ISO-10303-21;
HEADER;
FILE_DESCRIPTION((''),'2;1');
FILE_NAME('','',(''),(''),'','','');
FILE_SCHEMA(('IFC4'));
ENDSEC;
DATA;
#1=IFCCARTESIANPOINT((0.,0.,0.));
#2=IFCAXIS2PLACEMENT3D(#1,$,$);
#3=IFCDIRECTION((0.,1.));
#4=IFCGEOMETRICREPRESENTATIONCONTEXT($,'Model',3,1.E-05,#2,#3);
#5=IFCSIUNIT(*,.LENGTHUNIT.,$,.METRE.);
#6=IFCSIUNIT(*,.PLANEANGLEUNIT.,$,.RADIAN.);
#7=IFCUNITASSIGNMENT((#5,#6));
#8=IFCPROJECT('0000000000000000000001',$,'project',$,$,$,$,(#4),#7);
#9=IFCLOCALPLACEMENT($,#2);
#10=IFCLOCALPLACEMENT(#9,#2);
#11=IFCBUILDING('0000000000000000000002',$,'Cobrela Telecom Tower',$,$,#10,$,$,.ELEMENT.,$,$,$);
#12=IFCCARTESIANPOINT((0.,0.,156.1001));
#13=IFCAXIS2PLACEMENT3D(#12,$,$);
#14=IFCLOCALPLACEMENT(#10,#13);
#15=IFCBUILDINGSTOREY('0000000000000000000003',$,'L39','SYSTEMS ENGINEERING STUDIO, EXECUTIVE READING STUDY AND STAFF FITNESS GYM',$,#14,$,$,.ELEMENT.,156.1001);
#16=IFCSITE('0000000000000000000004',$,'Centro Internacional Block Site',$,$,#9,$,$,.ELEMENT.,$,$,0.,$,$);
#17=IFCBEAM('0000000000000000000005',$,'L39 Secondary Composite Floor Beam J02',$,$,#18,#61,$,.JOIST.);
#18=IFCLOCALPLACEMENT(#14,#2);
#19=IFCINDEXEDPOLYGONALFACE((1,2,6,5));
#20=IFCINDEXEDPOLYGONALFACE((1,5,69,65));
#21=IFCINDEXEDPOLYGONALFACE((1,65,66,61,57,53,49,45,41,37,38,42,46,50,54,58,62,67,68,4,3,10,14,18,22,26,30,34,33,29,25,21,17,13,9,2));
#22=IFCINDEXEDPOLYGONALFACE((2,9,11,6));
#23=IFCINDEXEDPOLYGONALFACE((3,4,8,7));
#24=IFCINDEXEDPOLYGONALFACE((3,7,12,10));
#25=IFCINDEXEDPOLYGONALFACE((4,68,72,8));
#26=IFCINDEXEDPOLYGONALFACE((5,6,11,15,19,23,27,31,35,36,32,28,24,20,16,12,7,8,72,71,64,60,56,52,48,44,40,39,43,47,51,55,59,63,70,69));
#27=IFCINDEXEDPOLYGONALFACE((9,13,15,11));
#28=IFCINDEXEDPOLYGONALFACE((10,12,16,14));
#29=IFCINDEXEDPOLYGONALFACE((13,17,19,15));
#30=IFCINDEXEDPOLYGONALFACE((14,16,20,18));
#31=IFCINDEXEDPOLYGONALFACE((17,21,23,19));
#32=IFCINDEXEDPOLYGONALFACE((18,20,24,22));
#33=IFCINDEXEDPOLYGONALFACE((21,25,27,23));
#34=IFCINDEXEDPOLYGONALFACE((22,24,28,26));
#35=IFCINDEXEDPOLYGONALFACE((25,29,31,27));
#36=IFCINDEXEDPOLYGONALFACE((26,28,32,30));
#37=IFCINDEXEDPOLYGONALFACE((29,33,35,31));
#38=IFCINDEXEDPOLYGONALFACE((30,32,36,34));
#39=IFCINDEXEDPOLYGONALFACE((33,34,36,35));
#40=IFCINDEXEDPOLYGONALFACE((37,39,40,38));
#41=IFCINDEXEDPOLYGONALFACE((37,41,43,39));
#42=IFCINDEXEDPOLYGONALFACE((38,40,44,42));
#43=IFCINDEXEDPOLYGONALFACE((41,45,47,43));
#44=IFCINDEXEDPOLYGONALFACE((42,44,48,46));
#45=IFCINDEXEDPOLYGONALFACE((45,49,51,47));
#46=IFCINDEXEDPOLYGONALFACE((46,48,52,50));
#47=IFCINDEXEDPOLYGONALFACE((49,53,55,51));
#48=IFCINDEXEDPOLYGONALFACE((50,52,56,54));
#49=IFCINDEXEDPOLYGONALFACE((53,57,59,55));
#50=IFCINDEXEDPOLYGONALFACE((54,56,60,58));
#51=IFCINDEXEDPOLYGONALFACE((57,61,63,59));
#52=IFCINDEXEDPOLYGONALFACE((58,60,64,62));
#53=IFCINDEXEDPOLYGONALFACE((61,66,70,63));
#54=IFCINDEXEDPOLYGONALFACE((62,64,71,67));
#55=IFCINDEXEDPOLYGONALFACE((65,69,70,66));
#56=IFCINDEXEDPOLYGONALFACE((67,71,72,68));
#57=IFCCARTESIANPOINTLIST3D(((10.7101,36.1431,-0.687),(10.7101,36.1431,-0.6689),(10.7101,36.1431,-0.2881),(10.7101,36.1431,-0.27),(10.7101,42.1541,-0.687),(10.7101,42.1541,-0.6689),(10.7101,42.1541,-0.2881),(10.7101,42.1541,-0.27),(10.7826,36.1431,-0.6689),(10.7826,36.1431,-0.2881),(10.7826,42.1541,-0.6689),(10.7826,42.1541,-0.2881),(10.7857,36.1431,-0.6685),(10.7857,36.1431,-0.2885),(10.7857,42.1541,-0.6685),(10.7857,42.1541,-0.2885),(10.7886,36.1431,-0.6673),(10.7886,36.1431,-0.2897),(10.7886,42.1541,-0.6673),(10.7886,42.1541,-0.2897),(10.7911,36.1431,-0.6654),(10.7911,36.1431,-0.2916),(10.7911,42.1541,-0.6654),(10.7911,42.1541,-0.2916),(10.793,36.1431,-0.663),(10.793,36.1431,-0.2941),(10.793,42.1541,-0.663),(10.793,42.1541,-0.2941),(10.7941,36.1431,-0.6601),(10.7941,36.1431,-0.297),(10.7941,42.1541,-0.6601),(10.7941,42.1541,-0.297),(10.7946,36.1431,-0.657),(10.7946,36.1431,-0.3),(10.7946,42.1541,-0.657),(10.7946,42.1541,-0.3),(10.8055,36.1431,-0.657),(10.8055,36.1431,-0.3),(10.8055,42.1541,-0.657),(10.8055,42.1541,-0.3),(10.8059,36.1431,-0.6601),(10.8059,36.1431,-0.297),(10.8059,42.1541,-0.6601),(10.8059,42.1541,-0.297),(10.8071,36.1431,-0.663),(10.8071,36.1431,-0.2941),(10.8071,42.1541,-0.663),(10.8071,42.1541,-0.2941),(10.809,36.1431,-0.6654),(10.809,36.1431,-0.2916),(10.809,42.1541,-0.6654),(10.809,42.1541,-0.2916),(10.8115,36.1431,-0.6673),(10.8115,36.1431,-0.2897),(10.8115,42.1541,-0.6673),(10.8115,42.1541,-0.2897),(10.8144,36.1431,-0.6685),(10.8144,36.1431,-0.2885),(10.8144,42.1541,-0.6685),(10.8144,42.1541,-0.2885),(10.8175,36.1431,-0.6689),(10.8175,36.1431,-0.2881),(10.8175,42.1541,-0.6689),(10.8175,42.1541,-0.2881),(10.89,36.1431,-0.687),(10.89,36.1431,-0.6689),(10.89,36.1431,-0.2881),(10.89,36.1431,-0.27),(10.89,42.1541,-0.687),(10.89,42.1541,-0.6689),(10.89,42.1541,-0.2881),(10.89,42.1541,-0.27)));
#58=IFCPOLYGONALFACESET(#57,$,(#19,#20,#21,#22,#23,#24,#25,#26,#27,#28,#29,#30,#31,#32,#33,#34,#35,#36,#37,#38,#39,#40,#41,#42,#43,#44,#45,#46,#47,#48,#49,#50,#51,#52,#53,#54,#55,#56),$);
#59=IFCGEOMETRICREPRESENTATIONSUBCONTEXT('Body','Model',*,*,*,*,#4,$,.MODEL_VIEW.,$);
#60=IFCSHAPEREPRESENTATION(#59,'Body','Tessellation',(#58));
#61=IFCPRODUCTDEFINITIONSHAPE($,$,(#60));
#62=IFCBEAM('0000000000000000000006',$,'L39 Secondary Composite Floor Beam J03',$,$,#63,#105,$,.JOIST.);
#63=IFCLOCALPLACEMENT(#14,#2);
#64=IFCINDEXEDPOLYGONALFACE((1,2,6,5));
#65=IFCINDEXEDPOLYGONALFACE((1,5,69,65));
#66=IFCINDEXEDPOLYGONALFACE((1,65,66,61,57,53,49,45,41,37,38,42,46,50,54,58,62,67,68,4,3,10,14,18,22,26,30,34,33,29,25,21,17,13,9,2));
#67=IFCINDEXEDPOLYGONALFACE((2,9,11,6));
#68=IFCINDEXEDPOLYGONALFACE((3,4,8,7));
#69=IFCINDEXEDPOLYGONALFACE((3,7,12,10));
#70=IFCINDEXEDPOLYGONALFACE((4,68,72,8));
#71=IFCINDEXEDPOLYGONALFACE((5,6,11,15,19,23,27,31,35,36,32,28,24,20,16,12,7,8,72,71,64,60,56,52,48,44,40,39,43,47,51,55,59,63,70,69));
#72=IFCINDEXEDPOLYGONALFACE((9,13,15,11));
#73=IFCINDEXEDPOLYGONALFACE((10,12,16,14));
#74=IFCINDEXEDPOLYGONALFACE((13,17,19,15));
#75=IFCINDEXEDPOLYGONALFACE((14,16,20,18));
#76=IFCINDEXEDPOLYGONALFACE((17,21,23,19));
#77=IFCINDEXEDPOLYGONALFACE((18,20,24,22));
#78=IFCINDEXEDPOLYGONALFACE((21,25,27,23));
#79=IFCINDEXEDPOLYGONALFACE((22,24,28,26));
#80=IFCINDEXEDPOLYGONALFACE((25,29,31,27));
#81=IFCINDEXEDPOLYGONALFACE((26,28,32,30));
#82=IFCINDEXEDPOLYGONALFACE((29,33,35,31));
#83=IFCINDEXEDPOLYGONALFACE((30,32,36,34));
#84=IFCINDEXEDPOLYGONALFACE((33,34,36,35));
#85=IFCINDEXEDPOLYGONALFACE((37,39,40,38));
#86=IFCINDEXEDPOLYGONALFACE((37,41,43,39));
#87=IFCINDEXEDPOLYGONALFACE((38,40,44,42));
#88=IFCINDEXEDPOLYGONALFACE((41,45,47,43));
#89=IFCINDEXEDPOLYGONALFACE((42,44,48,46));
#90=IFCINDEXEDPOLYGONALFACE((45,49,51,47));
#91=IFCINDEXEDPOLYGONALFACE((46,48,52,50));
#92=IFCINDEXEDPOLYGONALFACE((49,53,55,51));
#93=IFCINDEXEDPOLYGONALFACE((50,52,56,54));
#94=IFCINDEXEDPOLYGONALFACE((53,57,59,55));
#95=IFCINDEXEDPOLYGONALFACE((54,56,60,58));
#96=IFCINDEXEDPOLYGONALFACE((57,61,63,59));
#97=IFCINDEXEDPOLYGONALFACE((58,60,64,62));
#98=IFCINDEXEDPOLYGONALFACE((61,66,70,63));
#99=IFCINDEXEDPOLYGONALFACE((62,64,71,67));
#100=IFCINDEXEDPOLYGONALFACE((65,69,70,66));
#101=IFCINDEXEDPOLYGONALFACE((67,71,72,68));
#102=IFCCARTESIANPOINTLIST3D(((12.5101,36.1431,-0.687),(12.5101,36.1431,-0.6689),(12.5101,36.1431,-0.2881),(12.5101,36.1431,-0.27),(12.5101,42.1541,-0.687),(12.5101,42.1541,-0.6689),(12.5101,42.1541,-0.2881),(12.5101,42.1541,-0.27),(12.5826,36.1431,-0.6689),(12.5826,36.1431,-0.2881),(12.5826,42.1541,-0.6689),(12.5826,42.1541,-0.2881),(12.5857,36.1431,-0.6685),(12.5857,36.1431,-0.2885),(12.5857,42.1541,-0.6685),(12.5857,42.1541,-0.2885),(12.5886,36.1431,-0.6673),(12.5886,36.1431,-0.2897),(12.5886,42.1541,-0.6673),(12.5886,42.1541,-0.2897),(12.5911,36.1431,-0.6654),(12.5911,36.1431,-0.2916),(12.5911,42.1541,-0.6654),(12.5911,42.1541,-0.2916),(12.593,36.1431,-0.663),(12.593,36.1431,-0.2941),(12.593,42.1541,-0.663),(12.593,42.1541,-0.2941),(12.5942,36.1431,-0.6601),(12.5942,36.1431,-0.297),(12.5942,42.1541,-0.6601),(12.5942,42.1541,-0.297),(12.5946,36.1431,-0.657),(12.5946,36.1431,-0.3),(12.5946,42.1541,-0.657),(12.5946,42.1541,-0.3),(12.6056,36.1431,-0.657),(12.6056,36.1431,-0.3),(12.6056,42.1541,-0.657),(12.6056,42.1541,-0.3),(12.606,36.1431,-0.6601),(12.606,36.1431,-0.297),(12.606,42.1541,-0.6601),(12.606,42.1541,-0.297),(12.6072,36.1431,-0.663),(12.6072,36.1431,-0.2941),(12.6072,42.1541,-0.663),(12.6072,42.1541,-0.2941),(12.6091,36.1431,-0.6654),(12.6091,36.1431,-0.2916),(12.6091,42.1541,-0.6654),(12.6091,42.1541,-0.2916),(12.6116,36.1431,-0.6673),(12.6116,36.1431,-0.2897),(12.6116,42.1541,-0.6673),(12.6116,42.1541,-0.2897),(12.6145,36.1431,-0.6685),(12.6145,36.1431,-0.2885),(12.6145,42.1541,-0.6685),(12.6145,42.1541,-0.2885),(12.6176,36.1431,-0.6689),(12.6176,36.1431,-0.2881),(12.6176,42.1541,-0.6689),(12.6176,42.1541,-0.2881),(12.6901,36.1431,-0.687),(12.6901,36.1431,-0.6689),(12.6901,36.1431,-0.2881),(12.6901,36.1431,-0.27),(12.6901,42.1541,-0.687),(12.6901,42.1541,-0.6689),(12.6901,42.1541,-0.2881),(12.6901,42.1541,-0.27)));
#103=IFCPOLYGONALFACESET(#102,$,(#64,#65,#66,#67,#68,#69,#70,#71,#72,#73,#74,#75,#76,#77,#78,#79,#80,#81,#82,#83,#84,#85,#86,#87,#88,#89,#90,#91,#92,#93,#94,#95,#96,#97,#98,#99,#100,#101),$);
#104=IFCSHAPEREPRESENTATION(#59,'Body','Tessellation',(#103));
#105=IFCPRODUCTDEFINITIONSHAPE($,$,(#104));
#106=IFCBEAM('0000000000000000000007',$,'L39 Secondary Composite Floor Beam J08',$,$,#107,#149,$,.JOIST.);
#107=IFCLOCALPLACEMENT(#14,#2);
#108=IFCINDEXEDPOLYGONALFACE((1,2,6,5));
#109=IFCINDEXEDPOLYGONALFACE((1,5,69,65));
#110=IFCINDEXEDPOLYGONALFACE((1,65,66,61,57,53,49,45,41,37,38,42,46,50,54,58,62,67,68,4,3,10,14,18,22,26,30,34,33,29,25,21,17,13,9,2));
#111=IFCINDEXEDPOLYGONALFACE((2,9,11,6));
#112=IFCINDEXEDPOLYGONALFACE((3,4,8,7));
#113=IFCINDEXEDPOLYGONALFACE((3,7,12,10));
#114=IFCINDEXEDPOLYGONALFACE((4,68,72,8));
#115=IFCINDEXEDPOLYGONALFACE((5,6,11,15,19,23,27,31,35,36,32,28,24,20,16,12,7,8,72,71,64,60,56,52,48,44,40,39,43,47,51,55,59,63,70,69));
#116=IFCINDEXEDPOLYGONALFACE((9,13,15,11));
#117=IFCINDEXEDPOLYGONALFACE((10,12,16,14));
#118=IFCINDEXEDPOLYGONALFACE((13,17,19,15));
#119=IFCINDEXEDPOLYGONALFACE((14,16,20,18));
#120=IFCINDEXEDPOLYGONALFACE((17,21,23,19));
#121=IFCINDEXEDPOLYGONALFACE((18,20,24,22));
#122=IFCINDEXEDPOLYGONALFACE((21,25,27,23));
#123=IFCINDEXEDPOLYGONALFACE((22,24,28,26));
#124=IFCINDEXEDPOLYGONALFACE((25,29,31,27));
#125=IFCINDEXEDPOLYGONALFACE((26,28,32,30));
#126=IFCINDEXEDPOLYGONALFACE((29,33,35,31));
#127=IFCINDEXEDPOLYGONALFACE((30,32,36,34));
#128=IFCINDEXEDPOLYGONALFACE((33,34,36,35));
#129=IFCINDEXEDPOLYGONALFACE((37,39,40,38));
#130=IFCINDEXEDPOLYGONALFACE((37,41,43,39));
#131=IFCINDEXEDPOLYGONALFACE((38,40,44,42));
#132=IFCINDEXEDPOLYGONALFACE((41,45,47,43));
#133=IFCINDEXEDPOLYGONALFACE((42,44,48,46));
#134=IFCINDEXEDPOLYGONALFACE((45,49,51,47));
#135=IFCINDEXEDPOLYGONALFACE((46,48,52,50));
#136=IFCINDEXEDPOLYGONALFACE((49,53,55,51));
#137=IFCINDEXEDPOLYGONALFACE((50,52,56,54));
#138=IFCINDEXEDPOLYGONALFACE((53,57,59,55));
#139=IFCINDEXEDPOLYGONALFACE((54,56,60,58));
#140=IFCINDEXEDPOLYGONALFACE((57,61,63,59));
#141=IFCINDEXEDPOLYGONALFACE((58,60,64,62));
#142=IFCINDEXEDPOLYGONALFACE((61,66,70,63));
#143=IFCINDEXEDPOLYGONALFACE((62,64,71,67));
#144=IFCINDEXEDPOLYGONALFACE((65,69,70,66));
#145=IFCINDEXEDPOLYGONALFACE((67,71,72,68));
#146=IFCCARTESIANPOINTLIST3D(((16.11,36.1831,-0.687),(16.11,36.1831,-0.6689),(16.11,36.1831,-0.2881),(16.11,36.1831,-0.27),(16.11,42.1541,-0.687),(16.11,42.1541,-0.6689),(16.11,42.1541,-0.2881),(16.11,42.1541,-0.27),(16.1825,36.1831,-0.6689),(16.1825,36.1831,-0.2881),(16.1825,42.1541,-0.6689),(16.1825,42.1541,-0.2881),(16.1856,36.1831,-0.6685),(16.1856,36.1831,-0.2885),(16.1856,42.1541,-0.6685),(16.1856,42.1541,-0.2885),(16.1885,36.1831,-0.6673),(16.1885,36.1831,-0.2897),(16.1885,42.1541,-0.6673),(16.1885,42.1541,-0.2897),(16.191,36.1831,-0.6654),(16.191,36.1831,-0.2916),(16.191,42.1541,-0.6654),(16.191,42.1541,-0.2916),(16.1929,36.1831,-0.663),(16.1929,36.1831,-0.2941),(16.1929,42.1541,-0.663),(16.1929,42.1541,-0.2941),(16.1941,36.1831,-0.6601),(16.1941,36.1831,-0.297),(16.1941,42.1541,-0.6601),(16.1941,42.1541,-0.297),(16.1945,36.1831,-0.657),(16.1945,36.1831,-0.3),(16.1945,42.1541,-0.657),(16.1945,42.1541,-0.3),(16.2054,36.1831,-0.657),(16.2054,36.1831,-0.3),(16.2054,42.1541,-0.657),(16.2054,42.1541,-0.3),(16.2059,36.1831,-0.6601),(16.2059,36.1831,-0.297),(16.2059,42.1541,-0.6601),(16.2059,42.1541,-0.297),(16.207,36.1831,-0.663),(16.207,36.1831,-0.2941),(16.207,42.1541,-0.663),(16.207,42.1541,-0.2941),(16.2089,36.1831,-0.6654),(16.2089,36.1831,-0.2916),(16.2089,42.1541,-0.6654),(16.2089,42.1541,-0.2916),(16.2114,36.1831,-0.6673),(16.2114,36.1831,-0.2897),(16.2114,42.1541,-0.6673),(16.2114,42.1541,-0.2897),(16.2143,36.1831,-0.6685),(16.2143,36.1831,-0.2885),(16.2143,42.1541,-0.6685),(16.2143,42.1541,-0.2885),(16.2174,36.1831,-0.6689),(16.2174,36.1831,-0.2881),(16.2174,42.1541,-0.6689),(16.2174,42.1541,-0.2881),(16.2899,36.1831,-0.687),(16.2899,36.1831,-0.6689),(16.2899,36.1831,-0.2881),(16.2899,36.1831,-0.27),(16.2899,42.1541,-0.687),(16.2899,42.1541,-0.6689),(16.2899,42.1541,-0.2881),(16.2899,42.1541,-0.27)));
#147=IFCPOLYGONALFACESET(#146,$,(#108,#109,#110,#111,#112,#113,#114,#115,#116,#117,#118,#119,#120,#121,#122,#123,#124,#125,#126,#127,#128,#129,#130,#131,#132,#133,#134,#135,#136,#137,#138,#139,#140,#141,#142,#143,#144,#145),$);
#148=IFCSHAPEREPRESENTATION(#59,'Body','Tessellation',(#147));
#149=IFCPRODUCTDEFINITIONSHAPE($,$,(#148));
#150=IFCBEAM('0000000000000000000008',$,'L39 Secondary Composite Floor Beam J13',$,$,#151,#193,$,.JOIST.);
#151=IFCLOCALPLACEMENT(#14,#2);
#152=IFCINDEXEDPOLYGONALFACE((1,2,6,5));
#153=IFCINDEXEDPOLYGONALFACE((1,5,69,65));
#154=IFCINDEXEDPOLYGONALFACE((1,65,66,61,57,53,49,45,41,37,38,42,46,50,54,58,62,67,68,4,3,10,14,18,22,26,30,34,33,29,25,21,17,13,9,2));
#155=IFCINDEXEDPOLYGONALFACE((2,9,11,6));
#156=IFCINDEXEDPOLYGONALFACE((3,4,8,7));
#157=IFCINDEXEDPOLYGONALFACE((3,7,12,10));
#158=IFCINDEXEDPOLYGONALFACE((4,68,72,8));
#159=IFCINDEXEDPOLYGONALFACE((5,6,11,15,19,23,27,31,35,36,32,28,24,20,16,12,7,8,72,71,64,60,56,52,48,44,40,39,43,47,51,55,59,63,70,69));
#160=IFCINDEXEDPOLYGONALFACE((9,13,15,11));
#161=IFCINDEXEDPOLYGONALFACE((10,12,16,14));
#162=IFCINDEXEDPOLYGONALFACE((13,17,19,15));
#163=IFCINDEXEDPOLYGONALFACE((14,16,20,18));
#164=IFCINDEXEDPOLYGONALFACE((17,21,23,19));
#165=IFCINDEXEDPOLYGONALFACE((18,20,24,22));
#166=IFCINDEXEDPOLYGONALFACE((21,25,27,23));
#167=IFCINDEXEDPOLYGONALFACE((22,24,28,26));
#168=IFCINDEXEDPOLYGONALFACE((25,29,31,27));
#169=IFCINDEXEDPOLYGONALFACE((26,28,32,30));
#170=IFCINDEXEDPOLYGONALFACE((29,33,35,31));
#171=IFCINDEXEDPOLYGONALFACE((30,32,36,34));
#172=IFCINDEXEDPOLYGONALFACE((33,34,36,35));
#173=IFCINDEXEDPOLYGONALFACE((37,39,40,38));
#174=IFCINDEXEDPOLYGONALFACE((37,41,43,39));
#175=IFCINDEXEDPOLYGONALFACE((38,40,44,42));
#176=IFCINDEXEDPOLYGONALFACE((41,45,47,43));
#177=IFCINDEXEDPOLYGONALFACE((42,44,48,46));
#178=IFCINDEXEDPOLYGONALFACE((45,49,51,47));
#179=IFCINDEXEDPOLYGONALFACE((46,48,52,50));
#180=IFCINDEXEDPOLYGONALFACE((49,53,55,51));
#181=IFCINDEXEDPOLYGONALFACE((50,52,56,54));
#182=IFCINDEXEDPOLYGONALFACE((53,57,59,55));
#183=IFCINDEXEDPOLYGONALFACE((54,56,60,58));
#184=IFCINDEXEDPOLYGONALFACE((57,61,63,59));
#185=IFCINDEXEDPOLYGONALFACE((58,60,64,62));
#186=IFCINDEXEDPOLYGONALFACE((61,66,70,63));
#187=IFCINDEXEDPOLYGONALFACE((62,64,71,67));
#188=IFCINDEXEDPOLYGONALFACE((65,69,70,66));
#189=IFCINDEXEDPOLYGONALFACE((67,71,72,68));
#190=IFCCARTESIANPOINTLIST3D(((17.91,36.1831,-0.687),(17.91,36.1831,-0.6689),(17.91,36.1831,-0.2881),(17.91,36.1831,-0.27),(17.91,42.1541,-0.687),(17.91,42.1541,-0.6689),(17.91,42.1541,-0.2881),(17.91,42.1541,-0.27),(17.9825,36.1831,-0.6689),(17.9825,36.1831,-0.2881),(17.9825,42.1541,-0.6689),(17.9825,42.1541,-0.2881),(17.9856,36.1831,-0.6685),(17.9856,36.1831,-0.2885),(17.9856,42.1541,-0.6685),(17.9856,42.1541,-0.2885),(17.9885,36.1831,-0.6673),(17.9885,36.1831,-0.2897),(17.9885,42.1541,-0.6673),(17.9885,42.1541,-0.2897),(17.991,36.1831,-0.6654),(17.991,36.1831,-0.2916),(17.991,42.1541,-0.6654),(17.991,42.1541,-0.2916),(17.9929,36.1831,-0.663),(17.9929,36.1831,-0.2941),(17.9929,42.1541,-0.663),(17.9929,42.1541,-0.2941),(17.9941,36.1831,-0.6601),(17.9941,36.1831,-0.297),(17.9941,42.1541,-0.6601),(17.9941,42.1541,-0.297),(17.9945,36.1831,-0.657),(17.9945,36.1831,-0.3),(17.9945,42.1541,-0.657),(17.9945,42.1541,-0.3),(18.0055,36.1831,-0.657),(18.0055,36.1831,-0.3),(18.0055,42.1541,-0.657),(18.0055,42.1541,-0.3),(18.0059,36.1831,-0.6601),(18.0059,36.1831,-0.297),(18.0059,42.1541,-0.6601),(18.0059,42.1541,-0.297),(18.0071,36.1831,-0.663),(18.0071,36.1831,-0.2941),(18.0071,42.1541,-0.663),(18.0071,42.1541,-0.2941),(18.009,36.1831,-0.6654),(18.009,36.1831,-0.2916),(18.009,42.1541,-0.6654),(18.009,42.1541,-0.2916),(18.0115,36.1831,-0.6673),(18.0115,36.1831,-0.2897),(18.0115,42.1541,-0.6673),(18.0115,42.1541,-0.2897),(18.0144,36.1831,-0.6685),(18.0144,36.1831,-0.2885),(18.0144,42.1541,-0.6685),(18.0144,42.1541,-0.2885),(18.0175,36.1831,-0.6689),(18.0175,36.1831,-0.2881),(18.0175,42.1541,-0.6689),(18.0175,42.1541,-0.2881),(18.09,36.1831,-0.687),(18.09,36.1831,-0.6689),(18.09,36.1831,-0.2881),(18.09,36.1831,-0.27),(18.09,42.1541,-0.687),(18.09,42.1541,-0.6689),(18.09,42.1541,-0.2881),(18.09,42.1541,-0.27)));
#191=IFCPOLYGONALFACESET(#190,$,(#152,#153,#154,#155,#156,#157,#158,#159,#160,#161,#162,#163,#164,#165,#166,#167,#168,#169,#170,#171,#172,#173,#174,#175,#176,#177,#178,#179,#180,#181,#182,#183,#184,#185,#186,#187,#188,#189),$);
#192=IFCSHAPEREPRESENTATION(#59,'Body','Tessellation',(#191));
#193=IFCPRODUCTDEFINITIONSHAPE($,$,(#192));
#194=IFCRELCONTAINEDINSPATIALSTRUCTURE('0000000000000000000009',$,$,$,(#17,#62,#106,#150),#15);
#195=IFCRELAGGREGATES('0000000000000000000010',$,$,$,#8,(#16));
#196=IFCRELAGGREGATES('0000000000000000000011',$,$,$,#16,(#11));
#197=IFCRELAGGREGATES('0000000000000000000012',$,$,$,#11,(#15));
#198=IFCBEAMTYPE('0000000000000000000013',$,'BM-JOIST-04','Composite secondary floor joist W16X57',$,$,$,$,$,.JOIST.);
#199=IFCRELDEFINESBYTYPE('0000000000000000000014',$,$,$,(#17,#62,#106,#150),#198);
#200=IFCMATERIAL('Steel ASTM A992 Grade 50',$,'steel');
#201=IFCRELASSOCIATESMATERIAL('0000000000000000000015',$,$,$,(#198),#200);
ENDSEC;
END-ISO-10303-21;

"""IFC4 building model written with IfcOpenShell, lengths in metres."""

from ifc_helpers import new_model, si_unit, direction, frame, origin, origin_2d, place, context, subcontext, project, spatial, i_section, extrude, material, material_profile, profile_set, type_object, element, save


model = new_model("IFC4")

# Units and contexts
model_context = context("Model", 3, precision=1e-05, world=origin(), true_north=direction((0.0, 1.0)))
body_context = subcontext(model_context, "Body", "Model", "MODEL_VIEW")
ifc_project = project(units=[si_unit("LENGTHUNIT", "METRE"), si_unit("PLANEANGLEUNIT", "RADIAN")], contexts=[model_context])

# Site, building, storey
site_placement = place(None, origin())
site = spatial("IfcSite", under=ifc_project, at=site_placement, Name="Centro Internacional Block Site", CompositionType="ELEMENT", RefElevation=0.0)
building_placement = place(site_placement, origin())
building = spatial("IfcBuilding", under=site, at=building_placement, Name="Cobrela Telecom Tower", CompositionType="ELEMENT")
storey_placement = place(building_placement, frame((0.0, 0.0, 156.1001)))
storey = spatial("IfcBuildingStorey", under=building, at=storey_placement, Name="L39", Description="SYSTEMS ENGINEERING STUDIO, EXECUTIVE READING STUDY AND STAFF FITNESS GYM", CompositionType="ELEMENT", Elevation=156.1001)

# Beams
ifc_material_1 = material(Name="Steel ASTM A992 Grade 50", Category="steel")
ifc_material_profile_1 = material_profile(ifc_material_1, i_section(OverallWidth=0.1799, OverallDepth=0.417, WebThickness=0.011, FlangeThickness=0.0181, FilletRadius=0.012, at=origin_2d()), Name="W16X57")
ifc_profile_set_1 = profile_set([ifc_material_profile_1], Name="Steel ASTM A992 Grade 50")
beam_type_1 = type_object("IfcBeamType", Name="BM-JOIST-04", Description="Composite secondary floor joist W16X57", PredefinedType="JOIST", material=ifc_profile_set_1)
for number, where, z_axis, x_axis, name in (
    (1, (10.8, 36.1431, -0.4785), (0.0, 1.0, 0.0), (-1.0, 0.0, 0.0), "L39 Secondary Composite Floor Beam J02"),
    (2, (12.6001, 36.1431, -0.4785), (0.0, 1.0, 0.0), (-1.0, 0.0, 0.0), "L39 Secondary Composite Floor Beam J03"),
):
    element("IfcBeam", number, at=place(storey_placement, frame(where, z_axis=z_axis, x_axis=x_axis)), inside=storey, type_object=beam_type_1, Name=name, PredefinedType="JOIST", context=body_context, shape_type="SweptSolid", body=[
        extrude(i_section(OverallWidth=0.1799, OverallDepth=0.417, WebThickness=0.011, FlangeThickness=0.0181, FilletRadius=0.012, at=origin_2d()), origin(), (0.0, 0.0, 1.0), 6.011),
    ])
for number, where, z_axis, x_axis, name in (
    (3, (16.2, 36.1831, -0.4785), (0.0, 1.0, 0.0), (-1.0, 0.0, 0.0), "L39 Secondary Composite Floor Beam J08"),
    (4, (18.0, 36.1831, -0.4785), (0.0, 1.0, 0.0), (-1.0, 0.0, 0.0), "L39 Secondary Composite Floor Beam J13"),
):
    element("IfcBeam", number, at=place(storey_placement, frame(where, z_axis=z_axis, x_axis=x_axis)), inside=storey, type_object=beam_type_1, Name=name, PredefinedType="JOIST", context=body_context, shape_type="SweptSolid", body=[
        extrude(i_section(OverallWidth=0.1799, OverallDepth=0.417, WebThickness=0.011, FlangeThickness=0.0181, FilletRadius=0.012, at=origin_2d()), origin(), (0.0, 0.0, 1.0), 5.9709),
    ])

save(model, "model.ifc")
